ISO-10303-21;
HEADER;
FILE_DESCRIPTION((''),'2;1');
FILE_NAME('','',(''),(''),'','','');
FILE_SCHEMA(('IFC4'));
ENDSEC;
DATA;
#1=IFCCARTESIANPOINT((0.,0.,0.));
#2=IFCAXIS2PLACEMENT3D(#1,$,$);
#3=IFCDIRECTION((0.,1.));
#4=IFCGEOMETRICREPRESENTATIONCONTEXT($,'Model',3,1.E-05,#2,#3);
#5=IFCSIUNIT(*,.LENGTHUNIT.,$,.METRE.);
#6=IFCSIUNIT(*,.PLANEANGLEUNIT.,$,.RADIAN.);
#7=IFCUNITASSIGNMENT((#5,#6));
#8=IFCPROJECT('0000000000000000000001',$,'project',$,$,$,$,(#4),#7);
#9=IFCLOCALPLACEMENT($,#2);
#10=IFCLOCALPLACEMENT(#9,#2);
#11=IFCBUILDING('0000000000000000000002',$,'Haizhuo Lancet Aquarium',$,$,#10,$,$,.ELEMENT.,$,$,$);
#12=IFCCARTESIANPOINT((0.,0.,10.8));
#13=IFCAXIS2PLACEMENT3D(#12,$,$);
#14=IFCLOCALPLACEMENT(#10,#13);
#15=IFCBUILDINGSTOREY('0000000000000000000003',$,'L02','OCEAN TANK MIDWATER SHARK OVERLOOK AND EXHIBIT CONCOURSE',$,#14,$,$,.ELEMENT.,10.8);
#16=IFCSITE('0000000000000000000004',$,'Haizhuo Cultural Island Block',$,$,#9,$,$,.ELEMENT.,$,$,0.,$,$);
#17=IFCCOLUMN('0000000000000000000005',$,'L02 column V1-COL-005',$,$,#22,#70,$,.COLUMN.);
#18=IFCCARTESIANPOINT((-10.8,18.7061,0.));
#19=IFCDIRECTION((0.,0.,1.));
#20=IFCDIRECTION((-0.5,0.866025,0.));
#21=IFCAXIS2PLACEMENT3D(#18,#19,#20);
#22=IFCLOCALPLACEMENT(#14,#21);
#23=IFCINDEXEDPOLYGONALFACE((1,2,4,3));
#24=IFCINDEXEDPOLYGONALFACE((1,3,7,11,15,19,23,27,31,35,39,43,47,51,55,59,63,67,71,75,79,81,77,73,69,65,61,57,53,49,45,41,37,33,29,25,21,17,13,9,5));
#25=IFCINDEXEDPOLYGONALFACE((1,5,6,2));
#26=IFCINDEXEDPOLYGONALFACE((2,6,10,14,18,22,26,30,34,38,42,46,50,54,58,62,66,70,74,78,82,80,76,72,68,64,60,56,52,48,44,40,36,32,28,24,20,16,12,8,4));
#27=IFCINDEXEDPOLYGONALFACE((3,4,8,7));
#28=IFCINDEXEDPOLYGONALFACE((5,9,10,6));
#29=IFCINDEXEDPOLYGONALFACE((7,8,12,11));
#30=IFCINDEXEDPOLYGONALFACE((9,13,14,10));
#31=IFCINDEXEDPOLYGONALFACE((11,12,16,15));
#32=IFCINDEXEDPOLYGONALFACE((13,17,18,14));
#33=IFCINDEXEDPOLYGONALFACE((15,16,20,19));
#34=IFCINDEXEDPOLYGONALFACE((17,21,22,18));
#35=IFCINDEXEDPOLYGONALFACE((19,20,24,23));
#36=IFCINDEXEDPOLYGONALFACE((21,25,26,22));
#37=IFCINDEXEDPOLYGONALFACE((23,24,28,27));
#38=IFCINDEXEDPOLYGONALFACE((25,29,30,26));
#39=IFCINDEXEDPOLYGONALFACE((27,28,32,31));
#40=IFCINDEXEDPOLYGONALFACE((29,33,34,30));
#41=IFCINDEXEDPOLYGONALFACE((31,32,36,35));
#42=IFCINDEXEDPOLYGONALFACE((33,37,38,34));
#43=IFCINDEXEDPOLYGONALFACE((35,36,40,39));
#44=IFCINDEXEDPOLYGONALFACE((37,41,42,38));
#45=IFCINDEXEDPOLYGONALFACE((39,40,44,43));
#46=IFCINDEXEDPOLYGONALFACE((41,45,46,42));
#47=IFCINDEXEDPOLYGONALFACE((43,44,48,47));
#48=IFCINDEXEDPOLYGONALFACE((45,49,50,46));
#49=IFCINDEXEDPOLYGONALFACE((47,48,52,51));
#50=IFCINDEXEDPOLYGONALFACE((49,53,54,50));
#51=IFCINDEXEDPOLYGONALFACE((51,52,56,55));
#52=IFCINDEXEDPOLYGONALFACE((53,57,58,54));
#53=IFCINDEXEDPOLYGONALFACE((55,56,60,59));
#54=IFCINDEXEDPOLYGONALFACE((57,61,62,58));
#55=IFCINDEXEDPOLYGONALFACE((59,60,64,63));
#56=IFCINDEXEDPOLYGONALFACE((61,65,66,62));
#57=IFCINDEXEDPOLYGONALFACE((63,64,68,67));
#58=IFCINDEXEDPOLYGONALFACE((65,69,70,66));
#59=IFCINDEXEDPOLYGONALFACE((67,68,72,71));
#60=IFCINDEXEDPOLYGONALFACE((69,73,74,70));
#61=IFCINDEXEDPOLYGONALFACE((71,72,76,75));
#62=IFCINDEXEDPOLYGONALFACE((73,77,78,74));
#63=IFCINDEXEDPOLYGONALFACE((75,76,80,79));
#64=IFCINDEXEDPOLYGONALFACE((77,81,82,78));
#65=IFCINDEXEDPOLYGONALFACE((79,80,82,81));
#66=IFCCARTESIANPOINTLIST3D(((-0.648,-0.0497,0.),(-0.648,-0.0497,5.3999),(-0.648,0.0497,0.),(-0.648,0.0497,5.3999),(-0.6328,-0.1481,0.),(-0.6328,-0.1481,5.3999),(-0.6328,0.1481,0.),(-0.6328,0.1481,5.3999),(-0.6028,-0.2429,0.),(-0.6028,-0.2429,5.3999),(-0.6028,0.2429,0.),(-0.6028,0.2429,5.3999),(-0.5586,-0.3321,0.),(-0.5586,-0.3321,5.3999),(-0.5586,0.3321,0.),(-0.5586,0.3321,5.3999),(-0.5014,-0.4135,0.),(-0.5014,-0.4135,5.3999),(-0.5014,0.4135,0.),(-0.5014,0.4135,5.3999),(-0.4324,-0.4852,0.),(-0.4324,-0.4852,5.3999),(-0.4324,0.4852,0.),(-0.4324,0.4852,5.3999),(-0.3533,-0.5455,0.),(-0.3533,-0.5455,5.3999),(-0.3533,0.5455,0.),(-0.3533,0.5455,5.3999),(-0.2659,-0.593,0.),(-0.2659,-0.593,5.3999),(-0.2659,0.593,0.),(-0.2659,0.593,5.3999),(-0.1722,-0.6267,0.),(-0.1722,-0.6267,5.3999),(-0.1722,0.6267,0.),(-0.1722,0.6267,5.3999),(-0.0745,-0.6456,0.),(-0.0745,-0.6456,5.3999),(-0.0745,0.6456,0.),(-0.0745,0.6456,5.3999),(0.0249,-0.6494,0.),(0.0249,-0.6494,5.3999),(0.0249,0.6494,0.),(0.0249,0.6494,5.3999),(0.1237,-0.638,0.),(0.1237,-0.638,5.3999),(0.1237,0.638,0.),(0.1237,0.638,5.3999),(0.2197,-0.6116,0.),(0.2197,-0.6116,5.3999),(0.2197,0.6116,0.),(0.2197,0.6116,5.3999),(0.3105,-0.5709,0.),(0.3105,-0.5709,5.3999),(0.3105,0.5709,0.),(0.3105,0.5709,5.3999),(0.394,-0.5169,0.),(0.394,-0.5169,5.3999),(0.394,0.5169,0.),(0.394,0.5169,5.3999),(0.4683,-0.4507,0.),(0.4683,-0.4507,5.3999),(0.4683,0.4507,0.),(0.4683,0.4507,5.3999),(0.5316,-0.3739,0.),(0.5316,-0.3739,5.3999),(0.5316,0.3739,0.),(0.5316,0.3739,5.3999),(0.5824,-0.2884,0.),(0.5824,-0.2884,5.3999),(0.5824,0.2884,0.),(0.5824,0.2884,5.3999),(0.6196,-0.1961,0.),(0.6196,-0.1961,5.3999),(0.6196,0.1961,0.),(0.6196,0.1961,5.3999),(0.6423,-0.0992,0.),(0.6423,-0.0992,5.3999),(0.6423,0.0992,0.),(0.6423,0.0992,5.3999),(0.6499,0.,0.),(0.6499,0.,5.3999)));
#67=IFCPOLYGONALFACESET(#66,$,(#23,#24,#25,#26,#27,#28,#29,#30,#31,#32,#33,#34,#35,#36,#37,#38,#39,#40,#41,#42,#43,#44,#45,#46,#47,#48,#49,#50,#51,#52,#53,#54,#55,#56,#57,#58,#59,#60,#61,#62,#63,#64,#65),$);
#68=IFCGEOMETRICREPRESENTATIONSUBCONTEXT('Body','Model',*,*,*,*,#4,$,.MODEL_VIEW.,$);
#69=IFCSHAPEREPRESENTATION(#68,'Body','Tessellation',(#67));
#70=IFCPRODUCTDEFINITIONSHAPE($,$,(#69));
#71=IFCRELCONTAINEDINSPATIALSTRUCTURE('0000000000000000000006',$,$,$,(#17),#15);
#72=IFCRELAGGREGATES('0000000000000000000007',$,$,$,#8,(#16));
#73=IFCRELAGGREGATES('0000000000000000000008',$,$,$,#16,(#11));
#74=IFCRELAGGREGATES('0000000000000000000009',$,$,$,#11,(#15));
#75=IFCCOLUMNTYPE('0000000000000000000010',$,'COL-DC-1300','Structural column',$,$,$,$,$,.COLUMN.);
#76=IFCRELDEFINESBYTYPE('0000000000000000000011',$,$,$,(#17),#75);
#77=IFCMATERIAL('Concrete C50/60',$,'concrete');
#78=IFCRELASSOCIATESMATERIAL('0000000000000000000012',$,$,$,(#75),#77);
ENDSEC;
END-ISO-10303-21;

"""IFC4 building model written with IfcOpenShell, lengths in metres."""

from ifc_helpers import new_model, si_unit, direction, frame, origin, origin_2d, place, context, subcontext, project, spatial, circle, extrude, material, material_profile, profile_set, type_object, element, save


model = new_model("IFC4")

# Units and contexts
model_context = context("Model", 3, precision=1e-05, world=origin(), true_north=direction((0.0, 1.0)))
body_context = subcontext(model_context, "Body", "Model", "MODEL_VIEW")
ifc_project = project(units=[si_unit("LENGTHUNIT", "METRE"), si_unit("PLANEANGLEUNIT", "RADIAN")], contexts=[model_context])

# Site, building, storey
site_placement = place(None, origin())
site = spatial("IfcSite", under=ifc_project, at=site_placement, Name="Haizhuo Cultural Island Block", CompositionType="ELEMENT", RefElevation=0.0)
building_placement = place(site_placement, origin())
building = spatial("IfcBuilding", under=site, at=building_placement, Name="Haizhuo Lancet Aquarium", CompositionType="ELEMENT")
storey_placement = place(building_placement, frame((0.0, 0.0, 10.8)))
storey = spatial("IfcBuildingStorey", under=building, at=storey_placement, Name="L02", Description="OCEAN TANK MIDWATER SHARK OVERLOOK AND EXHIBIT CONCOURSE", CompositionType="ELEMENT", Elevation=10.8)

# Column
ifc_material_1 = material(Name="Concrete C50/60", Category="concrete")
ifc_material_profile_1 = material_profile(ifc_material_1, circle(Radius=0.6499, at=origin_2d()), Name="RC-DC 1300")
ifc_profile_set_1 = profile_set([ifc_material_profile_1], Name="Concrete C50/60")
column_type = type_object("IfcColumnType", Name="COL-DC-1300", Description="Structural column", PredefinedType="COLUMN", material=ifc_profile_set_1)
column_placement = place(storey_placement, frame((-10.8, 18.7061, 0.0), z_axis=(0.0, 0.0, 1.0), x_axis=(-0.5, 0.866025, 0.0)))
element("IfcColumn", 1, at=column_placement, inside=storey, type_object=column_type, Name="L02 column V1-COL-005", PredefinedType="COLUMN", context=body_context, shape_type="SweptSolid", body=[
    extrude(circle(Radius=0.6499, at=origin_2d()), origin(), (0.0, 0.0, 1.0), 5.3999),
])

save(model, "model.ifc")
